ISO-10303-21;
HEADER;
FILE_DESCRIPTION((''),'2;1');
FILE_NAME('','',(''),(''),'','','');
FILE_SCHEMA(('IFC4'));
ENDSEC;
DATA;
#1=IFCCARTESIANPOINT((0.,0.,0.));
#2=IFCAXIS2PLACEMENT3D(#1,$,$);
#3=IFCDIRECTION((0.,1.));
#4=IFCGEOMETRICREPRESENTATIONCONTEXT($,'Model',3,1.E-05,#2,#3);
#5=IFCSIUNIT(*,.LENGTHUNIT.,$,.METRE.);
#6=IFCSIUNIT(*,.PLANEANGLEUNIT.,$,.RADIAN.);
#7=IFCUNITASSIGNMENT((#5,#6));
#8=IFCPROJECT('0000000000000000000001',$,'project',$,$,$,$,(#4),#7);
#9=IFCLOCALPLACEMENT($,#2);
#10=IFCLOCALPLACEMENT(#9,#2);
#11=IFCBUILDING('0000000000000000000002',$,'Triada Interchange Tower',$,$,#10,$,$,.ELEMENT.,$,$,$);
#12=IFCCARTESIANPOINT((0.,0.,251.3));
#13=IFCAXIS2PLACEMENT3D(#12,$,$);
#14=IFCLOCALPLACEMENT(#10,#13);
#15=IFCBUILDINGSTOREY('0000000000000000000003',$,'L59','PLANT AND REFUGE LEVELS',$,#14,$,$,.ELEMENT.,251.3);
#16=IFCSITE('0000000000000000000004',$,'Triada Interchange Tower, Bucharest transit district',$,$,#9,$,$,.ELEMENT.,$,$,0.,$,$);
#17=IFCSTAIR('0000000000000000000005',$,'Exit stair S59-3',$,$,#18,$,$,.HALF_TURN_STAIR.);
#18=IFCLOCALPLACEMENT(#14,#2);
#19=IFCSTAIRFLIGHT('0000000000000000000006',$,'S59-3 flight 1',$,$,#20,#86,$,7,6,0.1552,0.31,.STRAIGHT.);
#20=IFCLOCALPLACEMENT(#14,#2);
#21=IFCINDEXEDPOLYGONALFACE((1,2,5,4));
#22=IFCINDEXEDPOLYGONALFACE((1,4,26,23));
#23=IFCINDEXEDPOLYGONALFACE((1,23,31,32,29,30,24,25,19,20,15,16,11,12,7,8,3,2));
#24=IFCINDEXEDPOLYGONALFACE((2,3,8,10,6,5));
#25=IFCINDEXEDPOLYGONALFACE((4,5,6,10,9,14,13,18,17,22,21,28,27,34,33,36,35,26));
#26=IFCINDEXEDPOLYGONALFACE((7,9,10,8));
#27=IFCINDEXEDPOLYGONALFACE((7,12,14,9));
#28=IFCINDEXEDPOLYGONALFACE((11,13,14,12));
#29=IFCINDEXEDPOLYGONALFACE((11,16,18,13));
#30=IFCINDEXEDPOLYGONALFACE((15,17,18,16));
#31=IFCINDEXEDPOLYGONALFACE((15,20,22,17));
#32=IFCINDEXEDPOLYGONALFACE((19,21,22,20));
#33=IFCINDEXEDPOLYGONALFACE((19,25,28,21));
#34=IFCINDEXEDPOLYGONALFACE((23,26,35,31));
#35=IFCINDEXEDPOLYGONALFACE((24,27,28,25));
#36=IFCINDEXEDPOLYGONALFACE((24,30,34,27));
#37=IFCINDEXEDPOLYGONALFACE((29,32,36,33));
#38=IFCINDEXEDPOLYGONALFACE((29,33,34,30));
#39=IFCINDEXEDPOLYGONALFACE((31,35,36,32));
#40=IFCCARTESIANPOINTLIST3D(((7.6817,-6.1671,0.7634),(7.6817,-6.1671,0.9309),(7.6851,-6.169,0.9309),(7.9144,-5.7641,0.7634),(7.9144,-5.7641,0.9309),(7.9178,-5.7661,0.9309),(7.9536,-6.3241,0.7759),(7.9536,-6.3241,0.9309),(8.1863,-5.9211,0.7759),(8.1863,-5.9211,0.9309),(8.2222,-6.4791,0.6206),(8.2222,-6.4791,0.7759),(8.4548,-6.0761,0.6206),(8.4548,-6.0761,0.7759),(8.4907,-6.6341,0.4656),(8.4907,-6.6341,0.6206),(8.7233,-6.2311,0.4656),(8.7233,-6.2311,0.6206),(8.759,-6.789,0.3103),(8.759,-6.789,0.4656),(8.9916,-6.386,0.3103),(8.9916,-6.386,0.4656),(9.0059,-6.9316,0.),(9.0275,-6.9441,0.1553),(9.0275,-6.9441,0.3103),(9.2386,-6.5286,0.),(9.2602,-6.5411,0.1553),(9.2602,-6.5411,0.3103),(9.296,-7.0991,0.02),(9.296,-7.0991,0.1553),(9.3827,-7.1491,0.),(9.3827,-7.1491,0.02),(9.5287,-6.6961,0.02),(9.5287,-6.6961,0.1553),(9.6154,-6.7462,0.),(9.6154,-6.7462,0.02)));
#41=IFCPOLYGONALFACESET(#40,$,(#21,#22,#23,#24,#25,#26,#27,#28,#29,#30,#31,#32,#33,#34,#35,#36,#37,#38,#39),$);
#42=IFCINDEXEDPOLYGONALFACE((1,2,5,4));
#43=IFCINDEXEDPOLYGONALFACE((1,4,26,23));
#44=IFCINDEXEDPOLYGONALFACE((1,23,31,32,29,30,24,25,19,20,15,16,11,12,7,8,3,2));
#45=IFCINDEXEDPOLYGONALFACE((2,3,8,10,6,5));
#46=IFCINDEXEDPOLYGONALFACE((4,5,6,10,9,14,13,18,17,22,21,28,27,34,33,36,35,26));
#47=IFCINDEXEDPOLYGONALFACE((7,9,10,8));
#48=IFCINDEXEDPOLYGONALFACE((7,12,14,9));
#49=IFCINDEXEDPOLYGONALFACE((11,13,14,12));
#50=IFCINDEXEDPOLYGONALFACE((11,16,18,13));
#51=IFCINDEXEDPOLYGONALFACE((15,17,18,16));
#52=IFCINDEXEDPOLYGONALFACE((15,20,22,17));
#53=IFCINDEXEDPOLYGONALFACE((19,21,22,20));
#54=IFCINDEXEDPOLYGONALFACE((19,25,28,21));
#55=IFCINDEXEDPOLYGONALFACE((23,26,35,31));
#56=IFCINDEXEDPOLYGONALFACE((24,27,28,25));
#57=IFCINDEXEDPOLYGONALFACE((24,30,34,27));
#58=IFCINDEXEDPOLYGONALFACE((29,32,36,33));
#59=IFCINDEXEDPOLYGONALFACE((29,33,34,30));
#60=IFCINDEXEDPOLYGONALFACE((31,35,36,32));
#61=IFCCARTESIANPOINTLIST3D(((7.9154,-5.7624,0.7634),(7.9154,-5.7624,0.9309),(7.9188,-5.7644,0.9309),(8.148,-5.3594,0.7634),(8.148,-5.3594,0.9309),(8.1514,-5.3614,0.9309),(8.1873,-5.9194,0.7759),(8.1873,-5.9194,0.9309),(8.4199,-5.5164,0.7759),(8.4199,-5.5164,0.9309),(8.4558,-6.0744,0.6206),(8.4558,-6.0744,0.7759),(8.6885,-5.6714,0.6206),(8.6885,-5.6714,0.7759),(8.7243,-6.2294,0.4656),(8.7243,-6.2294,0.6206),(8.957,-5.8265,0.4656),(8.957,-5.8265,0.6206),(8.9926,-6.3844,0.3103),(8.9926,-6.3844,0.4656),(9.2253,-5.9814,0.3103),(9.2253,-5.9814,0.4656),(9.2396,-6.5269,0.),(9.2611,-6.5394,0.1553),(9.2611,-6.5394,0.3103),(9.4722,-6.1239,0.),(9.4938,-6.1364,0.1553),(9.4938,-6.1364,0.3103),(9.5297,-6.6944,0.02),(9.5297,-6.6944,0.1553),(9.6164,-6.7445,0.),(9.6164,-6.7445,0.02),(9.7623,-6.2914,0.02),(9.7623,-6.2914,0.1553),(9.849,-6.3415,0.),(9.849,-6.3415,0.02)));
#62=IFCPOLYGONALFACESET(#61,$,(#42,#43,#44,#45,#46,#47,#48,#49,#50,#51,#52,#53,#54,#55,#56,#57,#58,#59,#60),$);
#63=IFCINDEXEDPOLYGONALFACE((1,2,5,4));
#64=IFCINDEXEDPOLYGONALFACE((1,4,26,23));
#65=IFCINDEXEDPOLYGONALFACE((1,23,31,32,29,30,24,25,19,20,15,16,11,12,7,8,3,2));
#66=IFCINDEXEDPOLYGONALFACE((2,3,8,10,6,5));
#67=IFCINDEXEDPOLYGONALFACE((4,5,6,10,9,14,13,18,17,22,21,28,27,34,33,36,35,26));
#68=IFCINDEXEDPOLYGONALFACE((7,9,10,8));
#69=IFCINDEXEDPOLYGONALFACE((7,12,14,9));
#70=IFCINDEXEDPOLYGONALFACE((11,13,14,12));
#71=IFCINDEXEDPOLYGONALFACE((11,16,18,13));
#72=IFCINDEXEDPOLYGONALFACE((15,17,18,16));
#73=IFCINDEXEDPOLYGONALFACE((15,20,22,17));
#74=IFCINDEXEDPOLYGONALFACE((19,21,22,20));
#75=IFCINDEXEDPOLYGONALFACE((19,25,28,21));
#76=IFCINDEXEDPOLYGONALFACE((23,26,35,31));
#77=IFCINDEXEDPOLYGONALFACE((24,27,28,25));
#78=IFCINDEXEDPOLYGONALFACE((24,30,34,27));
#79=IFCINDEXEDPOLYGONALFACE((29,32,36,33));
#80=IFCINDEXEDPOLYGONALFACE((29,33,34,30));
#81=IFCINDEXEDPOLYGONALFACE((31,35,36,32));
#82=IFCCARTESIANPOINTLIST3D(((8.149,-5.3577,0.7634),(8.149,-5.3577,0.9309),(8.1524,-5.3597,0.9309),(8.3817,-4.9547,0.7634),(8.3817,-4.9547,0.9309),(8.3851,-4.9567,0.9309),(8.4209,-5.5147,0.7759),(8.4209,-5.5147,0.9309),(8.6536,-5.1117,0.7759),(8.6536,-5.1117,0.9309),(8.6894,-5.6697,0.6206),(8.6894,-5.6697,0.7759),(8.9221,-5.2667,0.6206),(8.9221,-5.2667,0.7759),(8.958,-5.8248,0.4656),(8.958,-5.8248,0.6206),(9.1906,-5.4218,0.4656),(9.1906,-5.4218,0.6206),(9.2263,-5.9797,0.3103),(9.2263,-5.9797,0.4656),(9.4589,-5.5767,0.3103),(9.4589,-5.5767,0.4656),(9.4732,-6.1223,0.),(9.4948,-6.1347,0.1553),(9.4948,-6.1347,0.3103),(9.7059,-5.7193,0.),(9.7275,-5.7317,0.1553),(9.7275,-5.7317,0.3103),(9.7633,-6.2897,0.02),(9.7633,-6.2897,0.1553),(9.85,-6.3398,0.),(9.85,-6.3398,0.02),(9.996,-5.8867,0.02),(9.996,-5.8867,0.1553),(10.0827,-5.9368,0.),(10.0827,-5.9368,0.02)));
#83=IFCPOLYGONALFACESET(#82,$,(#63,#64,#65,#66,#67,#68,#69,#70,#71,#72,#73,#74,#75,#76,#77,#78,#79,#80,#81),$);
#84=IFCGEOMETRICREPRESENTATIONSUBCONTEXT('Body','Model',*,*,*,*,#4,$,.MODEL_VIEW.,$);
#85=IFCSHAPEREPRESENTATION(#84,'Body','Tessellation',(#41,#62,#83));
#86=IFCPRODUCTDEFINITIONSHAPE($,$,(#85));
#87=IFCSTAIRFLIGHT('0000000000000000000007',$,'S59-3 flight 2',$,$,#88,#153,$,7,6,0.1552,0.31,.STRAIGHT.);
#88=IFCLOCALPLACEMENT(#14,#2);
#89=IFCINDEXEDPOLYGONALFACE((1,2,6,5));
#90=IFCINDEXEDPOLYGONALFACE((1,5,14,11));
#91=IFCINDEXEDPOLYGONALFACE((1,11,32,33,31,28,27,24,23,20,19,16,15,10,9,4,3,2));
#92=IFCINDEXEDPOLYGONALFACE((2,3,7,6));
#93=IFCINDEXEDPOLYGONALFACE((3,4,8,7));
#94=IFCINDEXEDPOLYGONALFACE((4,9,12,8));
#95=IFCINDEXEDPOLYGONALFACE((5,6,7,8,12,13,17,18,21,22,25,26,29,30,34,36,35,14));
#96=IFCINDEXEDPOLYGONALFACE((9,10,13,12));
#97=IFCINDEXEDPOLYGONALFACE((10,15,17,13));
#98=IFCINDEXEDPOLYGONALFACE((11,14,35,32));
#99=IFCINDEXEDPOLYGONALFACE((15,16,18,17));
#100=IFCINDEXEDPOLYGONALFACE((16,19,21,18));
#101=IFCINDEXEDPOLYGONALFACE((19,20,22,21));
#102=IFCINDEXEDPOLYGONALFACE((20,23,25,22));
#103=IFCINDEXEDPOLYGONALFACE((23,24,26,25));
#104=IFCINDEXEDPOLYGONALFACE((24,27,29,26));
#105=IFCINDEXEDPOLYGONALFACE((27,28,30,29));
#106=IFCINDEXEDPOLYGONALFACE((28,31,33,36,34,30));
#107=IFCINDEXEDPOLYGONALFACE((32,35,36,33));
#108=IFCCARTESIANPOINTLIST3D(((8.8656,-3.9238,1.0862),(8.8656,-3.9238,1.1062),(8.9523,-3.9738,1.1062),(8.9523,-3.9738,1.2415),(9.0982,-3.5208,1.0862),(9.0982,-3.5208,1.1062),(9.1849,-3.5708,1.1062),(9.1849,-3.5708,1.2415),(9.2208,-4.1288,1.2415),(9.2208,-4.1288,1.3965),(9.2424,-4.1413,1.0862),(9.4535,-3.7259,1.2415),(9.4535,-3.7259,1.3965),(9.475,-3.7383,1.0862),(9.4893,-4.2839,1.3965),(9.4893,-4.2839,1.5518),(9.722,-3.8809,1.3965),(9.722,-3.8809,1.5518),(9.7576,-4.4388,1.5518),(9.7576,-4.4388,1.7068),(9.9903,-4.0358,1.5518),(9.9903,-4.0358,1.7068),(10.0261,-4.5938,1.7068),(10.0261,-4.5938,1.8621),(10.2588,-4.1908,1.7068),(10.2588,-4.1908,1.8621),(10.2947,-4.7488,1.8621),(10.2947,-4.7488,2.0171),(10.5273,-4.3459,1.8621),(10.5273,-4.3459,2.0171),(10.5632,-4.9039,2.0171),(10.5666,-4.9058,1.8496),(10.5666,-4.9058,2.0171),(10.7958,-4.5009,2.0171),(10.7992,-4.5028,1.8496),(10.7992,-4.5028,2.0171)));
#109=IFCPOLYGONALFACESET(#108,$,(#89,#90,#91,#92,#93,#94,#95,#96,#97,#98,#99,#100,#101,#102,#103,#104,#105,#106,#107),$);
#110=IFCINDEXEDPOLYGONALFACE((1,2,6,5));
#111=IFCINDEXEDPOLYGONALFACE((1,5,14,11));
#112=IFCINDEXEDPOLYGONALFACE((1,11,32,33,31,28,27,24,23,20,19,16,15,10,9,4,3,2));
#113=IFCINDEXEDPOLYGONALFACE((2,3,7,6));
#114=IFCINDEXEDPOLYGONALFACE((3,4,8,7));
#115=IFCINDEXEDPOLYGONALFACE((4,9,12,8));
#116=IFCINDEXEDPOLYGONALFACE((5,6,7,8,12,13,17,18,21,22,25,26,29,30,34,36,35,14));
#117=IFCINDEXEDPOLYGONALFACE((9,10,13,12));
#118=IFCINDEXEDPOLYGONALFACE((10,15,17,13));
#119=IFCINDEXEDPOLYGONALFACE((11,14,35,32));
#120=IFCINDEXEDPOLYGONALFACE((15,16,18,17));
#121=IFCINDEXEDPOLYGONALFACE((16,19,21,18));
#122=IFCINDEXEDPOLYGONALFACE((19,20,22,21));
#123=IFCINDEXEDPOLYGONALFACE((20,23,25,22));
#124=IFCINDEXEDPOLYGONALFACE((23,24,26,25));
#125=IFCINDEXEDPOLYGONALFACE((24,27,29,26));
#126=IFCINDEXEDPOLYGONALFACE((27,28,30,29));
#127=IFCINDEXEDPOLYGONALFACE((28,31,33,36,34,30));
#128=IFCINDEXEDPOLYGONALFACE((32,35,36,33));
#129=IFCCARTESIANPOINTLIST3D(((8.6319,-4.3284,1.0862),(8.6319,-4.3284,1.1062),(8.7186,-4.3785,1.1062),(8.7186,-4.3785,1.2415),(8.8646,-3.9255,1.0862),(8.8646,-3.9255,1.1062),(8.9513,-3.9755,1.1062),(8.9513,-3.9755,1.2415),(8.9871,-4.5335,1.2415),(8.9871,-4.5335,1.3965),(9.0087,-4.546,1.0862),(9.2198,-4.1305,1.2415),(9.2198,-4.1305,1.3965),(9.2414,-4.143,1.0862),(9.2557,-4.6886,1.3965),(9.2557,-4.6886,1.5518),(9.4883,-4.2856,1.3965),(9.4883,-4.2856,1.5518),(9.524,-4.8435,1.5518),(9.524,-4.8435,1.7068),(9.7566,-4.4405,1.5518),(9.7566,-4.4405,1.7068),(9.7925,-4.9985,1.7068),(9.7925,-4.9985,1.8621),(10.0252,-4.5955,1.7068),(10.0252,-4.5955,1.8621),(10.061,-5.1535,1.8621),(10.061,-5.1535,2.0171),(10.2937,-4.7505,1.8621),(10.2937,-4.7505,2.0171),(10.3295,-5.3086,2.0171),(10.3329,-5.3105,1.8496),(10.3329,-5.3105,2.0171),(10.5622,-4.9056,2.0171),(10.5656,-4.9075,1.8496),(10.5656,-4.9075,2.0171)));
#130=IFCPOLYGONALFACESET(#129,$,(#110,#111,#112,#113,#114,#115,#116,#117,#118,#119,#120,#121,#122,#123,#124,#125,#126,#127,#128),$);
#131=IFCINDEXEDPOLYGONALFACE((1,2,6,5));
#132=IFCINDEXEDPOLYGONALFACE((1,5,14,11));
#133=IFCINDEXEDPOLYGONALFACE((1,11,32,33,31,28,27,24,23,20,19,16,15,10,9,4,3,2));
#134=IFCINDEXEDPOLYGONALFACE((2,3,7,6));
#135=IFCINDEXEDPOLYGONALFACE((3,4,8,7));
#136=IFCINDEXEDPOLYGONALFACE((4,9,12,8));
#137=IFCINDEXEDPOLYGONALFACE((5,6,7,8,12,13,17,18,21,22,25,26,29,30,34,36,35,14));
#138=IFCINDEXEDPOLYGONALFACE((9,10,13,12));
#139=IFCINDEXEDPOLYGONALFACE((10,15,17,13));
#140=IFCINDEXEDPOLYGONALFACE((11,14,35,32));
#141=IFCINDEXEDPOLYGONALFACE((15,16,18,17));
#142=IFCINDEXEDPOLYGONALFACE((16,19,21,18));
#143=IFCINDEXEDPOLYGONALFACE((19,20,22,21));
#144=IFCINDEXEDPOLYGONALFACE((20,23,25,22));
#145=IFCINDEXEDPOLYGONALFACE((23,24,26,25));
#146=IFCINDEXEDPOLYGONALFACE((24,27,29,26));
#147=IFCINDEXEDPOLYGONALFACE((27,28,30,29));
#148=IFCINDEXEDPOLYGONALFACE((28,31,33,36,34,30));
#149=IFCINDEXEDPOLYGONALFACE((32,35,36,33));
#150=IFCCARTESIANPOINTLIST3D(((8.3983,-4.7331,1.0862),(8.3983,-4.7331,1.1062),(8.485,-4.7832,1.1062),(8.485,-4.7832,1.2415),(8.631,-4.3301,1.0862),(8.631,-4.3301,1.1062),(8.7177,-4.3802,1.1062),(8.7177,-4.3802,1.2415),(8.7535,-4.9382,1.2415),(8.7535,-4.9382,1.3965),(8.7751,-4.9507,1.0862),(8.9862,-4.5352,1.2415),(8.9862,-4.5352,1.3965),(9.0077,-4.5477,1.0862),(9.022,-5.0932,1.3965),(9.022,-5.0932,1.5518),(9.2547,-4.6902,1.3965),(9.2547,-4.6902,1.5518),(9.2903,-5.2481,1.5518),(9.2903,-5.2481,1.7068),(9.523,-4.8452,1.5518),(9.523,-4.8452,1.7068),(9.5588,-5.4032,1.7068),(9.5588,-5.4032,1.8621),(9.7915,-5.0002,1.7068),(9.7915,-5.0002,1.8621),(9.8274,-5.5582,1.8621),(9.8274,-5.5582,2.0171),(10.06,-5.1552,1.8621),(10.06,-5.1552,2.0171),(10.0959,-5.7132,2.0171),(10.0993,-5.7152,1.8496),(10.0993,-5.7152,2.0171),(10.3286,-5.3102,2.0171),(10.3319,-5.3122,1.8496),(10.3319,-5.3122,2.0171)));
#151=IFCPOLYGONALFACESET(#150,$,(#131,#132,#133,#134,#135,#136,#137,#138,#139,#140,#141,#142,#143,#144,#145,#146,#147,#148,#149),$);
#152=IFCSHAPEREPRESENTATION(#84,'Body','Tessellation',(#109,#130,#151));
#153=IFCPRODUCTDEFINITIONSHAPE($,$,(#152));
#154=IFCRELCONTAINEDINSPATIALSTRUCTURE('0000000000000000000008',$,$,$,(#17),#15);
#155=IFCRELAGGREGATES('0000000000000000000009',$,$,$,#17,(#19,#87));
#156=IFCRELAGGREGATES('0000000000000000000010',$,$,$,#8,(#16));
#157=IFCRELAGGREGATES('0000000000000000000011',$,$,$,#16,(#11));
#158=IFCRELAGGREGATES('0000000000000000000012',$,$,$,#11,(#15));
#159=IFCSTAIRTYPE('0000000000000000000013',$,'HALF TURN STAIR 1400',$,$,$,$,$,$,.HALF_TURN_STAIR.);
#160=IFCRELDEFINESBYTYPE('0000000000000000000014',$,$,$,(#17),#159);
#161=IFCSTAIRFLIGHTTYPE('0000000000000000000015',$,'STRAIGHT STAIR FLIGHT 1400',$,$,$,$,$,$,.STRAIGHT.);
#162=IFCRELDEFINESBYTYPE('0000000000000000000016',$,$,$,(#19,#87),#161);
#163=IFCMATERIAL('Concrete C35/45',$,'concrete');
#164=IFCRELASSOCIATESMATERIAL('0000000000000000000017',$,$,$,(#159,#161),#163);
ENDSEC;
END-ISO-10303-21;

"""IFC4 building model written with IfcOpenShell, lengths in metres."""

from ifc_helpers import new_model, si_unit, direction, frame, origin, place, context, subcontext, project, spatial, polyline, outline, extrude, material, type_object, element, aggregate, save


model = new_model("IFC4")

# Units and contexts
model_context = context("Model", 3, precision=1e-05, world=origin(), true_north=direction((0.0, 1.0)))
body_context = subcontext(model_context, "Body", "Model", "MODEL_VIEW")
ifc_project = project(units=[si_unit("LENGTHUNIT", "METRE"), si_unit("PLANEANGLEUNIT", "RADIAN")], contexts=[model_context])

# Site, building, storey
site_placement = place(None, origin())
site = spatial("IfcSite", under=ifc_project, at=site_placement, Name="Triada Interchange Tower, Bucharest transit district", CompositionType="ELEMENT", RefElevation=0.0)
building_placement = place(site_placement, origin())
building = spatial("IfcBuilding", under=site, at=building_placement, Name="Triada Interchange Tower", CompositionType="ELEMENT")
storey_placement = place(building_placement, frame((0.0, 0.0, 251.3)))
storey = spatial("IfcBuildingStorey", under=building, at=storey_placement, Name="L59", Description="PLANT AND REFUGE LEVELS", CompositionType="ELEMENT", Elevation=251.3)

# Shared definitions
ifc_material_1 = material(Name="Concrete C35/45", Category="concrete")

# Stair, stair flights
stair_type = type_object("IfcStairType", Name="HALF TURN STAIR 1400", PredefinedType="HALF_TURN_STAIR", material=ifc_material_1)
stair_placement = place(storey_placement, origin())
stair = element("IfcStair", 1, at=stair_placement, inside=storey, type_object=stair_type, Name="Exit stair S59-3", PredefinedType="HALF_TURN_STAIR")
stair_flight_type = type_object("IfcStairFlightType", Name="STRAIGHT STAIR FLIGHT 1400", PredefinedType="STRAIGHT", material=ifc_material_1)
stair_flight_1_placement = place(storey_placement, frame((9.646, -6.4929, 0.0), z_axis=(0.0, 0.0, 1.0), x_axis=(-0.866025, 0.5, 0.0)))
stair_flight_1 = element("IfcStairFlight", 2, at=stair_flight_1_placement, type_object=stair_flight_type, Name="S59-3 flight 1", NumberOfRisers=7, NumberOfTreads=6, PredefinedType="STRAIGHT", RiserHeight=0.1552, TreadLength=0.31, context=body_context, shape_type="SweptSolid", body=[
    extrude(outline(polyline([(-0.1001, 0.0), (-0.1001, 0.02), (0.0, 0.02), (0.0, 0.1553), (0.3101, 0.1553), (0.3101, 0.3103), (0.6201, 0.3103), (0.6201, 0.4656), (0.9299, 0.4656), (0.9299, 0.6206), (1.24, 0.6206), (1.24, 0.7759), (1.55, 0.7759), (1.55, 0.9309), (1.8601, 0.9309), (1.864, 0.9309), (1.864, 1.0862), (1.864, 0.7634), (0.335, 0.0), (-0.1001, 0.0)])), frame((0.0, 0.7, 0.0), z_axis=(0.0, -1.0, 0.0), x_axis=(1.0, 0.0, 0.0)), (0.0, 0.0, 1.0), 0.4653),
    extrude(outline(polyline([(-0.1001, 0.0), (-0.1001, 0.02), (0.0, 0.02), (0.0, 0.1553), (0.3101, 0.1553), (0.3101, 0.3103), (0.6201, 0.3103), (0.6201, 0.4656), (0.9299, 0.4656), (0.9299, 0.6206), (1.24, 0.6206), (1.24, 0.7759), (1.55, 0.7759), (1.55, 0.9309), (1.8601, 0.9309), (1.864, 0.9309), (1.864, 1.0862), (1.864, 0.7634), (0.335, 0.0), (-0.1001, 0.0)])), frame((0.0, 0.2327, 0.0), z_axis=(0.0, -1.0, 0.0), x_axis=(1.0, 0.0, 0.0)), (0.0, 0.0, 1.0), 0.4653),
    extrude(outline(polyline([(-0.1001, 0.0), (-0.1001, 0.02), (0.0, 0.02), (0.0, 0.1553), (0.3101, 0.1553), (0.3101, 0.3103), (0.6201, 0.3103), (0.6201, 0.4656), (0.9299, 0.4656), (0.9299, 0.6206), (1.24, 0.6206), (1.24, 0.7759), (1.55, 0.7759), (1.55, 0.9309), (1.8601, 0.9309), (1.864, 0.9309), (1.864, 1.0862), (1.864, 0.7634), (0.335, 0.0), (-0.1001, 0.0)])), frame((0.0, -0.2346, 0.0), z_axis=(0.0, -1.0, 0.0), x_axis=(1.0, 0.0, 0.0)), (0.0, 0.0, 1.0), 0.4653),
])
stair_flight_2_placement = place(storey_placement, frame((8.835, -4.177, 1.0862), z_axis=(0.0, 0.0, 1.0), x_axis=(0.866025, -0.5, 0.0)))
stair_flight_2 = element("IfcStairFlight", 3, at=stair_flight_2_placement, type_object=stair_flight_type, Name="S59-3 flight 2", NumberOfRisers=7, NumberOfTreads=6, PredefinedType="STRAIGHT", RiserHeight=0.1552, TreadLength=0.31, context=body_context, shape_type="SweptSolid", body=[
    extrude(outline(polyline([(-0.1001, 0.0), (-0.1001, 0.02), (0.0, 0.02), (0.0, 0.1553), (0.3101, 0.1553), (0.3101, 0.3103), (0.6201, 0.3103), (0.6201, 0.4656), (0.9299, 0.4656), (0.9299, 0.6206), (1.24, 0.6206), (1.24, 0.7759), (1.55, 0.7759), (1.55, 0.9309), (1.8601, 0.9309), (1.864, 0.9309), (1.864, 1.0862), (1.864, 0.7634), (0.335, 0.0), (-0.1001, 0.0)])), frame((0.0, 0.7, 0.0), z_axis=(0.0, -1.0, 0.0), x_axis=(1.0, 0.0, 0.0)), (0.0, 0.0, 1.0), 0.4653),
    extrude(outline(polyline([(-0.1001, 0.0), (-0.1001, 0.02), (0.0, 0.02), (0.0, 0.1553), (0.3101, 0.1553), (0.3101, 0.3103), (0.6201, 0.3103), (0.6201, 0.4656), (0.9299, 0.4656), (0.9299, 0.6206), (1.24, 0.6206), (1.24, 0.7759), (1.55, 0.7759), (1.55, 0.9309), (1.8601, 0.9309), (1.864, 0.9309), (1.864, 1.0862), (1.864, 0.7634), (0.335, 0.0), (-0.1001, 0.0)])), frame((0.0, 0.2327, 0.0), z_axis=(0.0, -1.0, 0.0), x_axis=(1.0, 0.0, 0.0)), (0.0, 0.0, 1.0), 0.4653),
    extrude(outline(polyline([(-0.1001, 0.0), (-0.1001, 0.02), (0.0, 0.02), (0.0, 0.1553), (0.3101, 0.1553), (0.3101, 0.3103), (0.6201, 0.3103), (0.6201, 0.4656), (0.9299, 0.4656), (0.9299, 0.6206), (1.24, 0.6206), (1.24, 0.7759), (1.55, 0.7759), (1.55, 0.9309), (1.8601, 0.9309), (1.864, 0.9309), (1.864, 1.0862), (1.864, 0.7634), (0.335, 0.0), (-0.1001, 0.0)])), frame((0.0, -0.2346, 0.0), z_axis=(0.0, -1.0, 0.0), x_axis=(1.0, 0.0, 0.0)), (0.0, 0.0, 1.0), 0.4653),
])
aggregate(stair, [stair_flight_1, stair_flight_2])

save(model, "model.ifc")
